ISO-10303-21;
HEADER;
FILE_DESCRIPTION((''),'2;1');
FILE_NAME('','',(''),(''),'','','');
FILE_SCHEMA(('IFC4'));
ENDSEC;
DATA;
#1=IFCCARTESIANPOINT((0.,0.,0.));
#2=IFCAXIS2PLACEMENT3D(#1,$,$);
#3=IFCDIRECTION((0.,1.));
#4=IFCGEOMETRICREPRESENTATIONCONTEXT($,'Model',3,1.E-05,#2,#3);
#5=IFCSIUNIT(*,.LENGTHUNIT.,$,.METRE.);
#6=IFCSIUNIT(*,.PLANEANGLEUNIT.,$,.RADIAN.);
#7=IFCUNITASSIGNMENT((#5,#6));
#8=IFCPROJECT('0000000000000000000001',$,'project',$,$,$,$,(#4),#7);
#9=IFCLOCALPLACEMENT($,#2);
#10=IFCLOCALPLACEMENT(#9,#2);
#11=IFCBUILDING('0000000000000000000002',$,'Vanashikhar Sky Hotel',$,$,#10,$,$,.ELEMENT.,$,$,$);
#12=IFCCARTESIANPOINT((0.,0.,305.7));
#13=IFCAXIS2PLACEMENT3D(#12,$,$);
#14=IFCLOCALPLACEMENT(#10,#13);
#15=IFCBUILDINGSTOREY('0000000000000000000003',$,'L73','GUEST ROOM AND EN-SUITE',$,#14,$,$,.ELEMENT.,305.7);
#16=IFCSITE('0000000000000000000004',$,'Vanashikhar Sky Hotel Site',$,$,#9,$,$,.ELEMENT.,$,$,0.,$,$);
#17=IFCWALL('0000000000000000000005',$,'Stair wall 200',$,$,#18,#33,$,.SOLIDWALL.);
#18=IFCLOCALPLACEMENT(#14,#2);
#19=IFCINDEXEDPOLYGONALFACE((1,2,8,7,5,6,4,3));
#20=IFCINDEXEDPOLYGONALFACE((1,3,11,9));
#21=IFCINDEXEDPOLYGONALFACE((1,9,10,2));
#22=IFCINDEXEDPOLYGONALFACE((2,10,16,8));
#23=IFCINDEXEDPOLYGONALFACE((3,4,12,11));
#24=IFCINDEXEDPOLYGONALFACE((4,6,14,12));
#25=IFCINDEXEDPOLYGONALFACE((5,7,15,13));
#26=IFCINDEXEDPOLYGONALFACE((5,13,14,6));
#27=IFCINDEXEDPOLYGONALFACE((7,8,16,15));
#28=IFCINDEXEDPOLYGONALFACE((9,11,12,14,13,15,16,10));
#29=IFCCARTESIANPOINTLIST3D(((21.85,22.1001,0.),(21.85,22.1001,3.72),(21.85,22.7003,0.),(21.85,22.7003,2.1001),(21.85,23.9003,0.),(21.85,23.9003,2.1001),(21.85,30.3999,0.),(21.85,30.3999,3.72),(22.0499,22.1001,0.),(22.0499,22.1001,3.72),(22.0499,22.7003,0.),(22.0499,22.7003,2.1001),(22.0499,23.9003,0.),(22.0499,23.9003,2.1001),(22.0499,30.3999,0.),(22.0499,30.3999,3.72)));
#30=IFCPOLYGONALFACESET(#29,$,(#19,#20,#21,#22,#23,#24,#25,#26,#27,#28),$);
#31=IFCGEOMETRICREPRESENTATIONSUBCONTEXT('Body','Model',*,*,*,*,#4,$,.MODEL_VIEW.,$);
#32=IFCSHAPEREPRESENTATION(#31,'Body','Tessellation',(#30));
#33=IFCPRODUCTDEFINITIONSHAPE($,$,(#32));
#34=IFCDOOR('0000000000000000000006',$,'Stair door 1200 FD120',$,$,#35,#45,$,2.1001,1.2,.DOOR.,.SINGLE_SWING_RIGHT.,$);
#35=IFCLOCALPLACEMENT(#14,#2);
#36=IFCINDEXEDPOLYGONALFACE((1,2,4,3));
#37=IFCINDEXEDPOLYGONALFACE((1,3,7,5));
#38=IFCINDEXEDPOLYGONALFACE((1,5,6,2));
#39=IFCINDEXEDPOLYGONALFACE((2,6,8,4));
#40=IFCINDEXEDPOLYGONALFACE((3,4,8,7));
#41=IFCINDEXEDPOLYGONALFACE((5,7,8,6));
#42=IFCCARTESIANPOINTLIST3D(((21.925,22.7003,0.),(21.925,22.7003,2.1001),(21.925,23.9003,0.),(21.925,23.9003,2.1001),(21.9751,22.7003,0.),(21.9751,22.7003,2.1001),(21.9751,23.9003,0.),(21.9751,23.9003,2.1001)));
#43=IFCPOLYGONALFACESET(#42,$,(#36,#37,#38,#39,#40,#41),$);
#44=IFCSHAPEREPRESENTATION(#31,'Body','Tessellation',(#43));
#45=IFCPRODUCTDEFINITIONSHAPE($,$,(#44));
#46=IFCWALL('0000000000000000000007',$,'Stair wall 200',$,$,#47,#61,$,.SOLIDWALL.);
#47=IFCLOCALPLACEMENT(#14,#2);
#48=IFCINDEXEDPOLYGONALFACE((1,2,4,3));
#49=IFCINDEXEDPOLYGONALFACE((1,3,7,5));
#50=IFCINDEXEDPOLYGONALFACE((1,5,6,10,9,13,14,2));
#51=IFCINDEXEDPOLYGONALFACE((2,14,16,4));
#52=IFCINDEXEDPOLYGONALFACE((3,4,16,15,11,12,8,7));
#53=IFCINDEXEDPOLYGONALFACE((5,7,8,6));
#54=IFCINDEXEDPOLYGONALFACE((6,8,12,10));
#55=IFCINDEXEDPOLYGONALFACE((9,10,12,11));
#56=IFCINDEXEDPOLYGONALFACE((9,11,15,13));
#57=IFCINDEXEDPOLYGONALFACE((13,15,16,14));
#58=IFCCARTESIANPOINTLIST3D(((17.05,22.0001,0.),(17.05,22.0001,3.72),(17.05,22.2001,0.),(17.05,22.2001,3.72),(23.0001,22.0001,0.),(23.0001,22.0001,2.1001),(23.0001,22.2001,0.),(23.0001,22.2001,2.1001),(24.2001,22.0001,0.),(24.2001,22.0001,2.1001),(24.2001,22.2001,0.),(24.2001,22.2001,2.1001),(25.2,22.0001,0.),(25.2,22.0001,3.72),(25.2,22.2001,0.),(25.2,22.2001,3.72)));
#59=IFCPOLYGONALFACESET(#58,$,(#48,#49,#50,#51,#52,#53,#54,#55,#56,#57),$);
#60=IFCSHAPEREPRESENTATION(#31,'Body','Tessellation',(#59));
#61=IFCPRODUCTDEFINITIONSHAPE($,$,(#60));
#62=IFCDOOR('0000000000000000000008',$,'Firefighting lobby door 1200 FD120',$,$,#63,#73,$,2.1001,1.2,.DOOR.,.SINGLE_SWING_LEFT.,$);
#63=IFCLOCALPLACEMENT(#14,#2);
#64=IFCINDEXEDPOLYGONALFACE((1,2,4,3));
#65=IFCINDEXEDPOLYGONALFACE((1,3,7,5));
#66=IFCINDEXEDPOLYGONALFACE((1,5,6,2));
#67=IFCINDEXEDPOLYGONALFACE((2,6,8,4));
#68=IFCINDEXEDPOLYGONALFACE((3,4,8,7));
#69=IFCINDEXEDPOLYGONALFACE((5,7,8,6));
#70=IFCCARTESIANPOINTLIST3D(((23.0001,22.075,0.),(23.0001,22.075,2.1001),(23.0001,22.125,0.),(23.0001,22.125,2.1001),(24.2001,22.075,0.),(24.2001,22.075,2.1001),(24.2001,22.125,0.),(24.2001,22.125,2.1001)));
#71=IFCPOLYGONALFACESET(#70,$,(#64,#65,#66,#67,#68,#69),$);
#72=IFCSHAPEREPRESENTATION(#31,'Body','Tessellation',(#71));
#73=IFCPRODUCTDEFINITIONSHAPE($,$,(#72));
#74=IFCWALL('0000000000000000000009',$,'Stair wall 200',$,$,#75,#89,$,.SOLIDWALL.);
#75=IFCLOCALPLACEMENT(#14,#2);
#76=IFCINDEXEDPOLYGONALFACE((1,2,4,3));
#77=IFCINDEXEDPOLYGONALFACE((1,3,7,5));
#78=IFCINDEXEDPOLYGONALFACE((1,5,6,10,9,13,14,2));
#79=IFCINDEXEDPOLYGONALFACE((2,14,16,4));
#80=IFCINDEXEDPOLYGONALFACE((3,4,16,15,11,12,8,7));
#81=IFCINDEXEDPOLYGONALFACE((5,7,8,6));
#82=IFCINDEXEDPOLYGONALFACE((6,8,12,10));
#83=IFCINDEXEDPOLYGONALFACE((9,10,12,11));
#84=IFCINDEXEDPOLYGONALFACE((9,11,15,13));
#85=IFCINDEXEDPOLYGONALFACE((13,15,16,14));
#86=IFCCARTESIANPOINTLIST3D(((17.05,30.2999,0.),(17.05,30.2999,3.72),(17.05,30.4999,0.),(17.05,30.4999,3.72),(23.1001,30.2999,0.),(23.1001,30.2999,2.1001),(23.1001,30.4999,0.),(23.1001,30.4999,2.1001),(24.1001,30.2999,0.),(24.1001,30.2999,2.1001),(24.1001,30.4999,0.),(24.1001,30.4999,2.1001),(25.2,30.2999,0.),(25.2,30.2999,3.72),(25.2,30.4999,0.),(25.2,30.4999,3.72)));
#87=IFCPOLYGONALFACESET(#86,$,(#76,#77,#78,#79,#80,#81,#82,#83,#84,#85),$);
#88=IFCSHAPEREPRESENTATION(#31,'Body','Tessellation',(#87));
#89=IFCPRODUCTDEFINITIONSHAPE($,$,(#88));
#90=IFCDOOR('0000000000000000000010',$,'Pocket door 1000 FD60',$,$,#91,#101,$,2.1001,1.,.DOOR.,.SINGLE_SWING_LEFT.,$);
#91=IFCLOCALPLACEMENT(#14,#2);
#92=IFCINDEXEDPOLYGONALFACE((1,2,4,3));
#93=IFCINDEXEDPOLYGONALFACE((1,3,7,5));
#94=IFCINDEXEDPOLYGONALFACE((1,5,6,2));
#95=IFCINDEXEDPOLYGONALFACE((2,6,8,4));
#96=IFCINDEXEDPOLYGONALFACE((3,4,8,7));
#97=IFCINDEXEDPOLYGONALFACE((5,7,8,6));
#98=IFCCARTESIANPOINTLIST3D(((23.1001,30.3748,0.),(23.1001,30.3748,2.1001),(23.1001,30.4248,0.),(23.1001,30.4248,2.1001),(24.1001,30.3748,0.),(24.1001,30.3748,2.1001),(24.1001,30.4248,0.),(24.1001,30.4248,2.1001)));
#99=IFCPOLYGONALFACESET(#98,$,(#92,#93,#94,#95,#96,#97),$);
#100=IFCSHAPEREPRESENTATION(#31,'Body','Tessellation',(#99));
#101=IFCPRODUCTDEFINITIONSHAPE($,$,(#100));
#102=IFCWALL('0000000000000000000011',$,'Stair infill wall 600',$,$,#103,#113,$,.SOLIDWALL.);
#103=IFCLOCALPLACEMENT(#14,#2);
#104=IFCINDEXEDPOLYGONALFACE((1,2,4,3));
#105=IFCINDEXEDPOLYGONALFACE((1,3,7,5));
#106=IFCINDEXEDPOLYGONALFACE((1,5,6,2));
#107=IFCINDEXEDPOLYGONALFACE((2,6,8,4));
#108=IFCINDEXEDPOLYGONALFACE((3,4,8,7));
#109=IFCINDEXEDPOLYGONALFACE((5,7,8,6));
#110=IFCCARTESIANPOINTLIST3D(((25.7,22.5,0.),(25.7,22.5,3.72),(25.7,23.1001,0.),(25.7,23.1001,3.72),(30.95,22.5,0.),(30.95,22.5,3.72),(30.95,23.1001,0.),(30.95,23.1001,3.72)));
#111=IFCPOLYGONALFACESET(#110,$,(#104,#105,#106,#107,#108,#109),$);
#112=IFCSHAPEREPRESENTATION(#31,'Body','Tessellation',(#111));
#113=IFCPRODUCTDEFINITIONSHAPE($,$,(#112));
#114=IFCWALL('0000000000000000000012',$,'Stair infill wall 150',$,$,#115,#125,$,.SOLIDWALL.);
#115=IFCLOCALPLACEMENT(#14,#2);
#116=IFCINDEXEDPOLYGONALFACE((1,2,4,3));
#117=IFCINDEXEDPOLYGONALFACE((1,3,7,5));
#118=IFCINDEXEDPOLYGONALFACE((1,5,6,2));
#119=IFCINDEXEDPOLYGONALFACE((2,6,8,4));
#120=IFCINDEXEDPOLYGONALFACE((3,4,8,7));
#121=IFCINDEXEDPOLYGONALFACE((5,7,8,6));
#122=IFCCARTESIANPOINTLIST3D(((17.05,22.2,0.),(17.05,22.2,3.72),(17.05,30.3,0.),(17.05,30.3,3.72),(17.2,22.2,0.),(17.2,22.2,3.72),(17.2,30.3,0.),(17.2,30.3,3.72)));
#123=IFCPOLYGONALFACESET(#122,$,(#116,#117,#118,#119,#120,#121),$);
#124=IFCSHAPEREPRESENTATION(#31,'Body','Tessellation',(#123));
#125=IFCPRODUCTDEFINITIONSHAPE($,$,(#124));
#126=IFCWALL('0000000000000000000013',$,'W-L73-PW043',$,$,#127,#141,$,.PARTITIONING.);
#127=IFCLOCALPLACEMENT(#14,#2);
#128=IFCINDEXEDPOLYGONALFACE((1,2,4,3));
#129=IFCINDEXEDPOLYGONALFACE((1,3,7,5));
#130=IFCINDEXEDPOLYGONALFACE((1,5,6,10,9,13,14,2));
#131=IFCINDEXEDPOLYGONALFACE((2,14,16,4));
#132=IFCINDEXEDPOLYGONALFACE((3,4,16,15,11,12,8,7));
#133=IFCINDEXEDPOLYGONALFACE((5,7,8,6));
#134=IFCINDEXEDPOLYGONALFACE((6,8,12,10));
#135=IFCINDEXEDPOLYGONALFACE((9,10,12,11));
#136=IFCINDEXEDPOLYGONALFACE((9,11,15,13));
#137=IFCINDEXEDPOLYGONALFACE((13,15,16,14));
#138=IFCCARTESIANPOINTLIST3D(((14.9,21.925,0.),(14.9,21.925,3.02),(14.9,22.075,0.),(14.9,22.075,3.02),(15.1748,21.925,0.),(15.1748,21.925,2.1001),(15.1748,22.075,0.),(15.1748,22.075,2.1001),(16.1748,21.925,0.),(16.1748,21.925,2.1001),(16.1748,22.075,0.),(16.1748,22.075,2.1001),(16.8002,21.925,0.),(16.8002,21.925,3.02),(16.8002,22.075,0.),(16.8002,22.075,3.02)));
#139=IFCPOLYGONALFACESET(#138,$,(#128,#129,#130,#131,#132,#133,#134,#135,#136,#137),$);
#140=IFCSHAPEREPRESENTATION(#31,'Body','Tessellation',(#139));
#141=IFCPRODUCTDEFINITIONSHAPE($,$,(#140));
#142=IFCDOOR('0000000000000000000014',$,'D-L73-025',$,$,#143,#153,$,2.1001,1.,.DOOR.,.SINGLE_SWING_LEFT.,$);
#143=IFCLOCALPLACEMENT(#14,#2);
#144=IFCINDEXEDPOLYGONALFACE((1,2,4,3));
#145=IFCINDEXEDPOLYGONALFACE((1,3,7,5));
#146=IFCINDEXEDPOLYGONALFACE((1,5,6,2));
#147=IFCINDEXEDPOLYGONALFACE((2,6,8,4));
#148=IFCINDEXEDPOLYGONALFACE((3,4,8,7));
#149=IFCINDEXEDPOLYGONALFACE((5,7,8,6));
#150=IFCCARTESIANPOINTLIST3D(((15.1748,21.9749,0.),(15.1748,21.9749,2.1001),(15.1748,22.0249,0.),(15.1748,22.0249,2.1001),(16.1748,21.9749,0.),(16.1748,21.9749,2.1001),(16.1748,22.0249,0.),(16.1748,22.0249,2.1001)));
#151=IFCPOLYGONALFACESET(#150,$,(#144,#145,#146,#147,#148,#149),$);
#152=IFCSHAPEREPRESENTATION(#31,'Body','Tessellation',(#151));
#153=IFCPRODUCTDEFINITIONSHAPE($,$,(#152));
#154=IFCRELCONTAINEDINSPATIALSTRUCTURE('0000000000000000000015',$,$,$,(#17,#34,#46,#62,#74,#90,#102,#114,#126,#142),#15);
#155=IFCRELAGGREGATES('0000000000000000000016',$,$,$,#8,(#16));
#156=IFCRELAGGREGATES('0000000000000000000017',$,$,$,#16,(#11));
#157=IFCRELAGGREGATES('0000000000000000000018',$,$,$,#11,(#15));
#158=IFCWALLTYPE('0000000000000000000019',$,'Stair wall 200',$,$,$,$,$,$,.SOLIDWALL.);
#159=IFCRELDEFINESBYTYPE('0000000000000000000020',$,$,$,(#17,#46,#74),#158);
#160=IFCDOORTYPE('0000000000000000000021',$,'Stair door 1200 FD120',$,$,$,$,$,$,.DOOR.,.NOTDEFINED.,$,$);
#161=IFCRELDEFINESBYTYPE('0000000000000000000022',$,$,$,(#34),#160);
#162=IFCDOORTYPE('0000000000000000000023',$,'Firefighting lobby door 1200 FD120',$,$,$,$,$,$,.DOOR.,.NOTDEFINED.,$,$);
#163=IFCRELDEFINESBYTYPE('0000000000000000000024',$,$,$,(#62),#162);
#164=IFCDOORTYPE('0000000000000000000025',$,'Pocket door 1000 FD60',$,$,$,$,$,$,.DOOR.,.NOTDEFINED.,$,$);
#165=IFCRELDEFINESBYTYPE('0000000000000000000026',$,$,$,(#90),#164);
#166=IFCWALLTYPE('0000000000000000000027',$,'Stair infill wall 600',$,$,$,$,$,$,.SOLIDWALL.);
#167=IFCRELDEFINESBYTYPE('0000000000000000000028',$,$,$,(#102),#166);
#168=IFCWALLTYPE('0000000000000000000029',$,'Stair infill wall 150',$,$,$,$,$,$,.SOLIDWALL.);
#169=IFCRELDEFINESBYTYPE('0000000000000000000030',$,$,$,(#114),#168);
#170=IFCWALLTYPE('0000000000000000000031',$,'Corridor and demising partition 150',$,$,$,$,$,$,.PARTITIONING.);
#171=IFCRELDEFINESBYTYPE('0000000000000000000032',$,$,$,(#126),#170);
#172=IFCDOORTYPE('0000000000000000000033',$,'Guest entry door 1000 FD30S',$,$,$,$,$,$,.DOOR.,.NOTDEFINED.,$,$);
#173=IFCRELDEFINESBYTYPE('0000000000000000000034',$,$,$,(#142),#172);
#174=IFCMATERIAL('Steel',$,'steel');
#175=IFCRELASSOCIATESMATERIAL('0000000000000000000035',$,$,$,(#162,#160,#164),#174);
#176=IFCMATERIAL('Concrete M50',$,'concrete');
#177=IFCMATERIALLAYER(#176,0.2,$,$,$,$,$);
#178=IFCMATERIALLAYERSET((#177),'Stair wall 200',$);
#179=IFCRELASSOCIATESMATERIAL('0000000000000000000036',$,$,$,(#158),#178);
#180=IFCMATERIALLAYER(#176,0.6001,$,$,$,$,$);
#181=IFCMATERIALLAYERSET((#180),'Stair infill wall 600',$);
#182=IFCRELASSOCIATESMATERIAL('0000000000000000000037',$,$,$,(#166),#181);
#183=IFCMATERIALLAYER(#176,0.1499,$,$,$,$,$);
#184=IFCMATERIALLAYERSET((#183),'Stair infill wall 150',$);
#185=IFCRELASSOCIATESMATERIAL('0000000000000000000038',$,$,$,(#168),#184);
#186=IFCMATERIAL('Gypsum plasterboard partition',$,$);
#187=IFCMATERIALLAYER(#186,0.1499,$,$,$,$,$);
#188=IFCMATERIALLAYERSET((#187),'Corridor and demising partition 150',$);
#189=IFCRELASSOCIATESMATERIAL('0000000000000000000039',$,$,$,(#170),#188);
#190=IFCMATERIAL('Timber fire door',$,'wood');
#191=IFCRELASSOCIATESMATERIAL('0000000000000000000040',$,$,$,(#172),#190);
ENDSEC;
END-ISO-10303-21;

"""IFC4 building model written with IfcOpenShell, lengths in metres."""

from ifc_helpers import new_model, si_unit, direction, frame, frame_2d, origin, place, context, subcontext, project, spatial, rectangle, extrude, source, transform, mapped, material, layer, layer_set, type_object, element, fill, save


model = new_model("IFC4")

# Units and contexts
model_context = context("Model", 3, precision=1e-05, world=origin(), true_north=direction((0.0, 1.0)))
body_context = subcontext(model_context, "Body", "Model", "MODEL_VIEW")
ifc_project = project(units=[si_unit("LENGTHUNIT", "METRE"), si_unit("PLANEANGLEUNIT", "RADIAN")], contexts=[model_context])

# Site, building, storey
site_placement = place(None, origin())
site = spatial("IfcSite", under=ifc_project, at=site_placement, Name="Vanashikhar Sky Hotel Site", CompositionType="ELEMENT", RefElevation=0.0)
building_placement = place(site_placement, origin())
building = spatial("IfcBuilding", under=site, at=building_placement, Name="Vanashikhar Sky Hotel", CompositionType="ELEMENT")
storey_placement = place(building_placement, frame((0.0, 0.0, 305.7)))
storey = spatial("IfcBuildingStorey", under=building, at=storey_placement, Name="L73", Description="GUEST ROOM AND EN-SUITE", CompositionType="ELEMENT", Elevation=305.7)

# Shared definitions
ifc_material_1 = material(Name="Concrete M50", Category="concrete")
ifc_material_2 = material(Name="Steel", Category="steel")
door_type_1 = type_object("IfcDoorType", Name="Firefighting lobby door 1200 FD120", OperationType="NOTDEFINED", PredefinedType="DOOR", material=ifc_material_2)

# Walls, openings, doors
ifc_layer_1 = layer(ifc_material_1, 0.2)
ifc_layer_set_1 = layer_set([ifc_layer_1], Name="Stair wall 200")
wall_type_1 = type_object("IfcWallType", Name="Stair wall 200", PredefinedType="SOLIDWALL", material=ifc_layer_set_1)
shared_shape_1 = source(origin(), body_context, "Body", "SweptSolid", [
    extrude(rectangle(XDim=8.2998, YDim=0.2, at=frame_2d((4.1499, 0.0))), origin(), (0.0, 0.0, 1.0), 3.72),
])
wall_1_placement = place(storey_placement, frame((21.95, 22.1001, 0.0), z_axis=(0.0, 0.0, 1.0), x_axis=(0.0, 1.0, 0.0)))
wall_1 = element("IfcWall", 1, at=wall_1_placement, inside=storey, type_object=wall_type_1, Name="Stair wall 200", PredefinedType="SOLIDWALL", context=body_context, shape_type="MappedRepresentation", body=[
    mapped(shared_shape_1, transform((0.0, 0.0, 0.0), scale=1.0)),
])
shared_shape_2 = source(origin(), body_context, "Body", "SweptSolid", [
    extrude(rectangle(XDim=1.2, YDim=2.1001, at=frame_2d((0.6001, 1.05))), frame((0.0, 0.1099, 0.0), z_axis=(0.0, -1.0, 0.0), x_axis=(1.0, 0.0, 0.0)), (0.0, 0.0, 1.0), 0.22),
])
opening_1_placement = place(wall_1_placement, frame((0.6001, 0.0, 0.0)))
opening_1 = element("IfcOpeningElement", 2, at=opening_1_placement, cuts=wall_1, PredefinedType="OPENING", context=body_context, shape_type="MappedRepresentation", body=[
    mapped(shared_shape_2, transform((0.0, 0.0, 0.0), scale=1.0)),
])
door_type_2 = type_object("IfcDoorType", Name="Stair door 1200 FD120", OperationType="NOTDEFINED", PredefinedType="DOOR", material=ifc_material_2)
shared_shape_3 = source(origin(), body_context, "Body", "SweptSolid", [
    extrude(rectangle(XDim=1.2, YDim=2.1001, at=frame_2d((0.6001, 1.05))), frame((0.0, 0.0249, 0.0), z_axis=(0.0, -1.0, 0.0), x_axis=(1.0, 0.0, 0.0)), (0.0, 0.0, 1.0), 0.05),
])
door_1_placement = place(opening_1_placement, origin())
door_1 = element("IfcDoor", 3, at=door_1_placement, inside=storey, type_object=door_type_2, Name="Stair door 1200 FD120", OperationType="SINGLE_SWING_RIGHT", OverallHeight=2.1001, OverallWidth=1.2, PredefinedType="DOOR", context=body_context, shape_type="MappedRepresentation", body=[
    mapped(shared_shape_3, transform((0.0, 0.0, 0.0), scale=1.0)),
])
fill(opening_1, door_1)
shared_shape_4 = source(origin(), body_context, "Body", "SweptSolid", [
    extrude(rectangle(XDim=8.1499, YDim=0.2, at=frame_2d((4.075, 0.0))), origin(), (0.0, 0.0, 1.0), 3.72),
])
wall_2_placement = place(storey_placement, frame((17.05, 22.1001, 0.0), z_axis=(0.0, 0.0, 1.0), x_axis=(1.0, 0.0, 0.0)))
wall_2 = element("IfcWall", 4, at=wall_2_placement, inside=storey, type_object=wall_type_1, Name="Stair wall 200", PredefinedType="SOLIDWALL", context=body_context, shape_type="MappedRepresentation", body=[
    mapped(shared_shape_4, transform((0.0, 0.0, 0.0), scale=1.0)),
])
opening_2_placement = place(wall_2_placement, frame((5.95, 0.0, 0.0)))
opening_2 = element("IfcOpeningElement", 5, at=opening_2_placement, cuts=wall_2, PredefinedType="OPENING", context=body_context, shape_type="MappedRepresentation", body=[
    mapped(shared_shape_2, transform((0.0, 0.0, 0.0), scale=1.0)),
])
door_2_placement = place(opening_2_placement, origin())
door_2 = element("IfcDoor", 6, at=door_2_placement, inside=storey, type_object=door_type_1, Name="Firefighting lobby door 1200 FD120", OperationType="SINGLE_SWING_LEFT", OverallHeight=2.1001, OverallWidth=1.2, PredefinedType="DOOR", context=body_context, shape_type="MappedRepresentation", body=[
    mapped(shared_shape_3, transform((0.0, 0.0, 0.0), scale=1.0)),
])
fill(opening_2, door_2)
wall_3_placement = place(storey_placement, frame((17.05, 30.3999, 0.0), z_axis=(0.0, 0.0, 1.0), x_axis=(1.0, 0.0, 0.0)))
wall_3 = element("IfcWall", 7, at=wall_3_placement, inside=storey, type_object=wall_type_1, Name="Stair wall 200", PredefinedType="SOLIDWALL", context=body_context, shape_type="MappedRepresentation", body=[
    mapped(shared_shape_4, transform((0.0, 0.0, 0.0), scale=1.0)),
])
shared_shape_5 = source(origin(), body_context, "Body", "SweptSolid", [
    extrude(rectangle(XDim=1.0, YDim=2.1001, at=frame_2d((0.5, 1.05))), frame((0.0, 0.1099, 0.0), z_axis=(0.0, -1.0, 0.0), x_axis=(1.0, 0.0, 0.0)), (0.0, 0.0, 1.0), 0.22),
])
opening_3_placement = place(wall_3_placement, frame((6.05, 0.0, 0.0)))
opening_3 = element("IfcOpeningElement", 8, at=opening_3_placement, cuts=wall_3, PredefinedType="OPENING", context=body_context, shape_type="MappedRepresentation", body=[
    mapped(shared_shape_5, transform((0.0, 0.0, 0.0), scale=1.0)),
])
door_type_3 = type_object("IfcDoorType", Name="Pocket door 1000 FD60", OperationType="NOTDEFINED", PredefinedType="DOOR", material=ifc_material_2)
shared_shape_6 = source(origin(), body_context, "Body", "SweptSolid", [
    extrude(rectangle(XDim=1.0, YDim=2.1001, at=frame_2d((0.5, 1.05))), frame((0.0, 0.0249, 0.0), z_axis=(0.0, -1.0, 0.0), x_axis=(1.0, 0.0, 0.0)), (0.0, 0.0, 1.0), 0.05),
])
door_3_placement = place(opening_3_placement, origin())
door_3 = element("IfcDoor", 9, at=door_3_placement, inside=storey, type_object=door_type_3, Name="Pocket door 1000 FD60", OperationType="SINGLE_SWING_LEFT", OverallHeight=2.1001, OverallWidth=1.0, PredefinedType="DOOR", context=body_context, shape_type="MappedRepresentation", body=[
    mapped(shared_shape_6, transform((0.0, 0.0, 0.0), scale=1.0)),
])
fill(opening_3, door_3)

# Walls
ifc_layer_2 = layer(ifc_material_1, 0.6001)
ifc_layer_set_2 = layer_set([ifc_layer_2], Name="Stair infill wall 600")
wall_type_2 = type_object("IfcWallType", Name="Stair infill wall 600", PredefinedType="SOLIDWALL", material=ifc_layer_set_2)
shared_shape_7 = source(origin(), body_context, "Body", "SweptSolid", [
    extrude(rectangle(XDim=5.25, YDim=0.6001, at=frame_2d((2.625, 0.0))), origin(), (0.0, 0.0, 1.0), 3.72),
])
wall_4_placement = place(storey_placement, frame((25.7, 22.8, 0.0), z_axis=(0.0, 0.0, 1.0), x_axis=(1.0, 0.0, 0.0)))
element("IfcWall", 10, at=wall_4_placement, inside=storey, type_object=wall_type_2, Name="Stair infill wall 600", PredefinedType="SOLIDWALL", context=body_context, shape_type="MappedRepresentation", body=[
    mapped(shared_shape_7, transform((0.0, 0.0, 0.0), scale=1.0)),
])
ifc_layer_3 = layer(ifc_material_1, 0.1499)
ifc_layer_set_3 = layer_set([ifc_layer_3], Name="Stair infill wall 150")
wall_type_3 = type_object("IfcWallType", Name="Stair infill wall 150", PredefinedType="SOLIDWALL", material=ifc_layer_set_3)
shared_shape_8 = source(origin(), body_context, "Body", "SweptSolid", [
    extrude(rectangle(XDim=8.1001, YDim=0.1499, at=frame_2d((4.05, 0.0))), origin(), (0.0, 0.0, 1.0), 3.72),
])
wall_5_placement = place(storey_placement, frame((17.125, 22.2, 0.0), z_axis=(0.0, 0.0, 1.0), x_axis=(0.0, 1.0, 0.0)))
element("IfcWall", 11, at=wall_5_placement, inside=storey, type_object=wall_type_3, Name="Stair infill wall 150", PredefinedType="SOLIDWALL", context=body_context, shape_type="MappedRepresentation", body=[
    mapped(shared_shape_8, transform((0.0, 0.0, 0.0), scale=1.0)),
])

# Wall, opening, door
ifc_material_3 = material(Name="Gypsum plasterboard partition")
ifc_layer_4 = layer(ifc_material_3, 0.1499)
ifc_layer_set_4 = layer_set([ifc_layer_4], Name="Corridor and demising partition 150")
wall_type_4 = type_object("IfcWallType", Name="Corridor and demising partition 150", PredefinedType="PARTITIONING", material=ifc_layer_set_4)
shared_shape_9 = source(origin(), body_context, "Body", "SweptSolid", [
    extrude(rectangle(XDim=1.9001, YDim=0.1499, at=frame_2d((0.9502, 0.0))), origin(), (0.0, 0.0, 1.0), 3.02),
])
wall_6_placement = place(storey_placement, frame((14.8999, 22.0, 0.0), z_axis=(0.0, 0.0, 1.0), x_axis=(1.0, 0.0, 0.0)))
wall_6 = element("IfcWall", 12, at=wall_6_placement, inside=storey, type_object=wall_type_4, Name="W-L73-PW043", PredefinedType="PARTITIONING", context=body_context, shape_type="MappedRepresentation", body=[
    mapped(shared_shape_9, transform((0.0, 0.0, 0.0), scale=1.0)),
])
shared_shape_10 = source(origin(), body_context, "Body", "SweptSolid", [
    extrude(rectangle(XDim=1.0, YDim=2.1001, at=frame_2d((0.5, 1.05))), frame((0.0, 0.085, 0.0), z_axis=(0.0, -1.0, 0.0), x_axis=(1.0, 0.0, 0.0)), (0.0, 0.0, 1.0), 0.1699),
])
opening_4_placement = place(wall_6_placement, frame((0.2749, 0.0, 0.0)))
opening_4 = element("IfcOpeningElement", 13, at=opening_4_placement, cuts=wall_6, PredefinedType="OPENING", context=body_context, shape_type="MappedRepresentation", body=[
    mapped(shared_shape_10, transform((0.0, 0.0, 0.0), scale=1.0)),
])
ifc_material_4 = material(Name="Timber fire door", Category="wood")
door_type_4 = type_object("IfcDoorType", Name="Guest entry door 1000 FD30S", OperationType="NOTDEFINED", PredefinedType="DOOR", material=ifc_material_4)
door_4_placement = place(opening_4_placement, origin())
door_4 = element("IfcDoor", 14, at=door_4_placement, inside=storey, type_object=door_type_4, Name="D-L73-025", OperationType="SINGLE_SWING_LEFT", OverallHeight=2.1001, OverallWidth=1.0, PredefinedType="DOOR", context=body_context, shape_type="MappedRepresentation", body=[
    mapped(shared_shape_6, transform((0.0, 0.0, 0.0), scale=1.0)),
])
fill(opening_4, door_4)

save(model, "model.ifc")
